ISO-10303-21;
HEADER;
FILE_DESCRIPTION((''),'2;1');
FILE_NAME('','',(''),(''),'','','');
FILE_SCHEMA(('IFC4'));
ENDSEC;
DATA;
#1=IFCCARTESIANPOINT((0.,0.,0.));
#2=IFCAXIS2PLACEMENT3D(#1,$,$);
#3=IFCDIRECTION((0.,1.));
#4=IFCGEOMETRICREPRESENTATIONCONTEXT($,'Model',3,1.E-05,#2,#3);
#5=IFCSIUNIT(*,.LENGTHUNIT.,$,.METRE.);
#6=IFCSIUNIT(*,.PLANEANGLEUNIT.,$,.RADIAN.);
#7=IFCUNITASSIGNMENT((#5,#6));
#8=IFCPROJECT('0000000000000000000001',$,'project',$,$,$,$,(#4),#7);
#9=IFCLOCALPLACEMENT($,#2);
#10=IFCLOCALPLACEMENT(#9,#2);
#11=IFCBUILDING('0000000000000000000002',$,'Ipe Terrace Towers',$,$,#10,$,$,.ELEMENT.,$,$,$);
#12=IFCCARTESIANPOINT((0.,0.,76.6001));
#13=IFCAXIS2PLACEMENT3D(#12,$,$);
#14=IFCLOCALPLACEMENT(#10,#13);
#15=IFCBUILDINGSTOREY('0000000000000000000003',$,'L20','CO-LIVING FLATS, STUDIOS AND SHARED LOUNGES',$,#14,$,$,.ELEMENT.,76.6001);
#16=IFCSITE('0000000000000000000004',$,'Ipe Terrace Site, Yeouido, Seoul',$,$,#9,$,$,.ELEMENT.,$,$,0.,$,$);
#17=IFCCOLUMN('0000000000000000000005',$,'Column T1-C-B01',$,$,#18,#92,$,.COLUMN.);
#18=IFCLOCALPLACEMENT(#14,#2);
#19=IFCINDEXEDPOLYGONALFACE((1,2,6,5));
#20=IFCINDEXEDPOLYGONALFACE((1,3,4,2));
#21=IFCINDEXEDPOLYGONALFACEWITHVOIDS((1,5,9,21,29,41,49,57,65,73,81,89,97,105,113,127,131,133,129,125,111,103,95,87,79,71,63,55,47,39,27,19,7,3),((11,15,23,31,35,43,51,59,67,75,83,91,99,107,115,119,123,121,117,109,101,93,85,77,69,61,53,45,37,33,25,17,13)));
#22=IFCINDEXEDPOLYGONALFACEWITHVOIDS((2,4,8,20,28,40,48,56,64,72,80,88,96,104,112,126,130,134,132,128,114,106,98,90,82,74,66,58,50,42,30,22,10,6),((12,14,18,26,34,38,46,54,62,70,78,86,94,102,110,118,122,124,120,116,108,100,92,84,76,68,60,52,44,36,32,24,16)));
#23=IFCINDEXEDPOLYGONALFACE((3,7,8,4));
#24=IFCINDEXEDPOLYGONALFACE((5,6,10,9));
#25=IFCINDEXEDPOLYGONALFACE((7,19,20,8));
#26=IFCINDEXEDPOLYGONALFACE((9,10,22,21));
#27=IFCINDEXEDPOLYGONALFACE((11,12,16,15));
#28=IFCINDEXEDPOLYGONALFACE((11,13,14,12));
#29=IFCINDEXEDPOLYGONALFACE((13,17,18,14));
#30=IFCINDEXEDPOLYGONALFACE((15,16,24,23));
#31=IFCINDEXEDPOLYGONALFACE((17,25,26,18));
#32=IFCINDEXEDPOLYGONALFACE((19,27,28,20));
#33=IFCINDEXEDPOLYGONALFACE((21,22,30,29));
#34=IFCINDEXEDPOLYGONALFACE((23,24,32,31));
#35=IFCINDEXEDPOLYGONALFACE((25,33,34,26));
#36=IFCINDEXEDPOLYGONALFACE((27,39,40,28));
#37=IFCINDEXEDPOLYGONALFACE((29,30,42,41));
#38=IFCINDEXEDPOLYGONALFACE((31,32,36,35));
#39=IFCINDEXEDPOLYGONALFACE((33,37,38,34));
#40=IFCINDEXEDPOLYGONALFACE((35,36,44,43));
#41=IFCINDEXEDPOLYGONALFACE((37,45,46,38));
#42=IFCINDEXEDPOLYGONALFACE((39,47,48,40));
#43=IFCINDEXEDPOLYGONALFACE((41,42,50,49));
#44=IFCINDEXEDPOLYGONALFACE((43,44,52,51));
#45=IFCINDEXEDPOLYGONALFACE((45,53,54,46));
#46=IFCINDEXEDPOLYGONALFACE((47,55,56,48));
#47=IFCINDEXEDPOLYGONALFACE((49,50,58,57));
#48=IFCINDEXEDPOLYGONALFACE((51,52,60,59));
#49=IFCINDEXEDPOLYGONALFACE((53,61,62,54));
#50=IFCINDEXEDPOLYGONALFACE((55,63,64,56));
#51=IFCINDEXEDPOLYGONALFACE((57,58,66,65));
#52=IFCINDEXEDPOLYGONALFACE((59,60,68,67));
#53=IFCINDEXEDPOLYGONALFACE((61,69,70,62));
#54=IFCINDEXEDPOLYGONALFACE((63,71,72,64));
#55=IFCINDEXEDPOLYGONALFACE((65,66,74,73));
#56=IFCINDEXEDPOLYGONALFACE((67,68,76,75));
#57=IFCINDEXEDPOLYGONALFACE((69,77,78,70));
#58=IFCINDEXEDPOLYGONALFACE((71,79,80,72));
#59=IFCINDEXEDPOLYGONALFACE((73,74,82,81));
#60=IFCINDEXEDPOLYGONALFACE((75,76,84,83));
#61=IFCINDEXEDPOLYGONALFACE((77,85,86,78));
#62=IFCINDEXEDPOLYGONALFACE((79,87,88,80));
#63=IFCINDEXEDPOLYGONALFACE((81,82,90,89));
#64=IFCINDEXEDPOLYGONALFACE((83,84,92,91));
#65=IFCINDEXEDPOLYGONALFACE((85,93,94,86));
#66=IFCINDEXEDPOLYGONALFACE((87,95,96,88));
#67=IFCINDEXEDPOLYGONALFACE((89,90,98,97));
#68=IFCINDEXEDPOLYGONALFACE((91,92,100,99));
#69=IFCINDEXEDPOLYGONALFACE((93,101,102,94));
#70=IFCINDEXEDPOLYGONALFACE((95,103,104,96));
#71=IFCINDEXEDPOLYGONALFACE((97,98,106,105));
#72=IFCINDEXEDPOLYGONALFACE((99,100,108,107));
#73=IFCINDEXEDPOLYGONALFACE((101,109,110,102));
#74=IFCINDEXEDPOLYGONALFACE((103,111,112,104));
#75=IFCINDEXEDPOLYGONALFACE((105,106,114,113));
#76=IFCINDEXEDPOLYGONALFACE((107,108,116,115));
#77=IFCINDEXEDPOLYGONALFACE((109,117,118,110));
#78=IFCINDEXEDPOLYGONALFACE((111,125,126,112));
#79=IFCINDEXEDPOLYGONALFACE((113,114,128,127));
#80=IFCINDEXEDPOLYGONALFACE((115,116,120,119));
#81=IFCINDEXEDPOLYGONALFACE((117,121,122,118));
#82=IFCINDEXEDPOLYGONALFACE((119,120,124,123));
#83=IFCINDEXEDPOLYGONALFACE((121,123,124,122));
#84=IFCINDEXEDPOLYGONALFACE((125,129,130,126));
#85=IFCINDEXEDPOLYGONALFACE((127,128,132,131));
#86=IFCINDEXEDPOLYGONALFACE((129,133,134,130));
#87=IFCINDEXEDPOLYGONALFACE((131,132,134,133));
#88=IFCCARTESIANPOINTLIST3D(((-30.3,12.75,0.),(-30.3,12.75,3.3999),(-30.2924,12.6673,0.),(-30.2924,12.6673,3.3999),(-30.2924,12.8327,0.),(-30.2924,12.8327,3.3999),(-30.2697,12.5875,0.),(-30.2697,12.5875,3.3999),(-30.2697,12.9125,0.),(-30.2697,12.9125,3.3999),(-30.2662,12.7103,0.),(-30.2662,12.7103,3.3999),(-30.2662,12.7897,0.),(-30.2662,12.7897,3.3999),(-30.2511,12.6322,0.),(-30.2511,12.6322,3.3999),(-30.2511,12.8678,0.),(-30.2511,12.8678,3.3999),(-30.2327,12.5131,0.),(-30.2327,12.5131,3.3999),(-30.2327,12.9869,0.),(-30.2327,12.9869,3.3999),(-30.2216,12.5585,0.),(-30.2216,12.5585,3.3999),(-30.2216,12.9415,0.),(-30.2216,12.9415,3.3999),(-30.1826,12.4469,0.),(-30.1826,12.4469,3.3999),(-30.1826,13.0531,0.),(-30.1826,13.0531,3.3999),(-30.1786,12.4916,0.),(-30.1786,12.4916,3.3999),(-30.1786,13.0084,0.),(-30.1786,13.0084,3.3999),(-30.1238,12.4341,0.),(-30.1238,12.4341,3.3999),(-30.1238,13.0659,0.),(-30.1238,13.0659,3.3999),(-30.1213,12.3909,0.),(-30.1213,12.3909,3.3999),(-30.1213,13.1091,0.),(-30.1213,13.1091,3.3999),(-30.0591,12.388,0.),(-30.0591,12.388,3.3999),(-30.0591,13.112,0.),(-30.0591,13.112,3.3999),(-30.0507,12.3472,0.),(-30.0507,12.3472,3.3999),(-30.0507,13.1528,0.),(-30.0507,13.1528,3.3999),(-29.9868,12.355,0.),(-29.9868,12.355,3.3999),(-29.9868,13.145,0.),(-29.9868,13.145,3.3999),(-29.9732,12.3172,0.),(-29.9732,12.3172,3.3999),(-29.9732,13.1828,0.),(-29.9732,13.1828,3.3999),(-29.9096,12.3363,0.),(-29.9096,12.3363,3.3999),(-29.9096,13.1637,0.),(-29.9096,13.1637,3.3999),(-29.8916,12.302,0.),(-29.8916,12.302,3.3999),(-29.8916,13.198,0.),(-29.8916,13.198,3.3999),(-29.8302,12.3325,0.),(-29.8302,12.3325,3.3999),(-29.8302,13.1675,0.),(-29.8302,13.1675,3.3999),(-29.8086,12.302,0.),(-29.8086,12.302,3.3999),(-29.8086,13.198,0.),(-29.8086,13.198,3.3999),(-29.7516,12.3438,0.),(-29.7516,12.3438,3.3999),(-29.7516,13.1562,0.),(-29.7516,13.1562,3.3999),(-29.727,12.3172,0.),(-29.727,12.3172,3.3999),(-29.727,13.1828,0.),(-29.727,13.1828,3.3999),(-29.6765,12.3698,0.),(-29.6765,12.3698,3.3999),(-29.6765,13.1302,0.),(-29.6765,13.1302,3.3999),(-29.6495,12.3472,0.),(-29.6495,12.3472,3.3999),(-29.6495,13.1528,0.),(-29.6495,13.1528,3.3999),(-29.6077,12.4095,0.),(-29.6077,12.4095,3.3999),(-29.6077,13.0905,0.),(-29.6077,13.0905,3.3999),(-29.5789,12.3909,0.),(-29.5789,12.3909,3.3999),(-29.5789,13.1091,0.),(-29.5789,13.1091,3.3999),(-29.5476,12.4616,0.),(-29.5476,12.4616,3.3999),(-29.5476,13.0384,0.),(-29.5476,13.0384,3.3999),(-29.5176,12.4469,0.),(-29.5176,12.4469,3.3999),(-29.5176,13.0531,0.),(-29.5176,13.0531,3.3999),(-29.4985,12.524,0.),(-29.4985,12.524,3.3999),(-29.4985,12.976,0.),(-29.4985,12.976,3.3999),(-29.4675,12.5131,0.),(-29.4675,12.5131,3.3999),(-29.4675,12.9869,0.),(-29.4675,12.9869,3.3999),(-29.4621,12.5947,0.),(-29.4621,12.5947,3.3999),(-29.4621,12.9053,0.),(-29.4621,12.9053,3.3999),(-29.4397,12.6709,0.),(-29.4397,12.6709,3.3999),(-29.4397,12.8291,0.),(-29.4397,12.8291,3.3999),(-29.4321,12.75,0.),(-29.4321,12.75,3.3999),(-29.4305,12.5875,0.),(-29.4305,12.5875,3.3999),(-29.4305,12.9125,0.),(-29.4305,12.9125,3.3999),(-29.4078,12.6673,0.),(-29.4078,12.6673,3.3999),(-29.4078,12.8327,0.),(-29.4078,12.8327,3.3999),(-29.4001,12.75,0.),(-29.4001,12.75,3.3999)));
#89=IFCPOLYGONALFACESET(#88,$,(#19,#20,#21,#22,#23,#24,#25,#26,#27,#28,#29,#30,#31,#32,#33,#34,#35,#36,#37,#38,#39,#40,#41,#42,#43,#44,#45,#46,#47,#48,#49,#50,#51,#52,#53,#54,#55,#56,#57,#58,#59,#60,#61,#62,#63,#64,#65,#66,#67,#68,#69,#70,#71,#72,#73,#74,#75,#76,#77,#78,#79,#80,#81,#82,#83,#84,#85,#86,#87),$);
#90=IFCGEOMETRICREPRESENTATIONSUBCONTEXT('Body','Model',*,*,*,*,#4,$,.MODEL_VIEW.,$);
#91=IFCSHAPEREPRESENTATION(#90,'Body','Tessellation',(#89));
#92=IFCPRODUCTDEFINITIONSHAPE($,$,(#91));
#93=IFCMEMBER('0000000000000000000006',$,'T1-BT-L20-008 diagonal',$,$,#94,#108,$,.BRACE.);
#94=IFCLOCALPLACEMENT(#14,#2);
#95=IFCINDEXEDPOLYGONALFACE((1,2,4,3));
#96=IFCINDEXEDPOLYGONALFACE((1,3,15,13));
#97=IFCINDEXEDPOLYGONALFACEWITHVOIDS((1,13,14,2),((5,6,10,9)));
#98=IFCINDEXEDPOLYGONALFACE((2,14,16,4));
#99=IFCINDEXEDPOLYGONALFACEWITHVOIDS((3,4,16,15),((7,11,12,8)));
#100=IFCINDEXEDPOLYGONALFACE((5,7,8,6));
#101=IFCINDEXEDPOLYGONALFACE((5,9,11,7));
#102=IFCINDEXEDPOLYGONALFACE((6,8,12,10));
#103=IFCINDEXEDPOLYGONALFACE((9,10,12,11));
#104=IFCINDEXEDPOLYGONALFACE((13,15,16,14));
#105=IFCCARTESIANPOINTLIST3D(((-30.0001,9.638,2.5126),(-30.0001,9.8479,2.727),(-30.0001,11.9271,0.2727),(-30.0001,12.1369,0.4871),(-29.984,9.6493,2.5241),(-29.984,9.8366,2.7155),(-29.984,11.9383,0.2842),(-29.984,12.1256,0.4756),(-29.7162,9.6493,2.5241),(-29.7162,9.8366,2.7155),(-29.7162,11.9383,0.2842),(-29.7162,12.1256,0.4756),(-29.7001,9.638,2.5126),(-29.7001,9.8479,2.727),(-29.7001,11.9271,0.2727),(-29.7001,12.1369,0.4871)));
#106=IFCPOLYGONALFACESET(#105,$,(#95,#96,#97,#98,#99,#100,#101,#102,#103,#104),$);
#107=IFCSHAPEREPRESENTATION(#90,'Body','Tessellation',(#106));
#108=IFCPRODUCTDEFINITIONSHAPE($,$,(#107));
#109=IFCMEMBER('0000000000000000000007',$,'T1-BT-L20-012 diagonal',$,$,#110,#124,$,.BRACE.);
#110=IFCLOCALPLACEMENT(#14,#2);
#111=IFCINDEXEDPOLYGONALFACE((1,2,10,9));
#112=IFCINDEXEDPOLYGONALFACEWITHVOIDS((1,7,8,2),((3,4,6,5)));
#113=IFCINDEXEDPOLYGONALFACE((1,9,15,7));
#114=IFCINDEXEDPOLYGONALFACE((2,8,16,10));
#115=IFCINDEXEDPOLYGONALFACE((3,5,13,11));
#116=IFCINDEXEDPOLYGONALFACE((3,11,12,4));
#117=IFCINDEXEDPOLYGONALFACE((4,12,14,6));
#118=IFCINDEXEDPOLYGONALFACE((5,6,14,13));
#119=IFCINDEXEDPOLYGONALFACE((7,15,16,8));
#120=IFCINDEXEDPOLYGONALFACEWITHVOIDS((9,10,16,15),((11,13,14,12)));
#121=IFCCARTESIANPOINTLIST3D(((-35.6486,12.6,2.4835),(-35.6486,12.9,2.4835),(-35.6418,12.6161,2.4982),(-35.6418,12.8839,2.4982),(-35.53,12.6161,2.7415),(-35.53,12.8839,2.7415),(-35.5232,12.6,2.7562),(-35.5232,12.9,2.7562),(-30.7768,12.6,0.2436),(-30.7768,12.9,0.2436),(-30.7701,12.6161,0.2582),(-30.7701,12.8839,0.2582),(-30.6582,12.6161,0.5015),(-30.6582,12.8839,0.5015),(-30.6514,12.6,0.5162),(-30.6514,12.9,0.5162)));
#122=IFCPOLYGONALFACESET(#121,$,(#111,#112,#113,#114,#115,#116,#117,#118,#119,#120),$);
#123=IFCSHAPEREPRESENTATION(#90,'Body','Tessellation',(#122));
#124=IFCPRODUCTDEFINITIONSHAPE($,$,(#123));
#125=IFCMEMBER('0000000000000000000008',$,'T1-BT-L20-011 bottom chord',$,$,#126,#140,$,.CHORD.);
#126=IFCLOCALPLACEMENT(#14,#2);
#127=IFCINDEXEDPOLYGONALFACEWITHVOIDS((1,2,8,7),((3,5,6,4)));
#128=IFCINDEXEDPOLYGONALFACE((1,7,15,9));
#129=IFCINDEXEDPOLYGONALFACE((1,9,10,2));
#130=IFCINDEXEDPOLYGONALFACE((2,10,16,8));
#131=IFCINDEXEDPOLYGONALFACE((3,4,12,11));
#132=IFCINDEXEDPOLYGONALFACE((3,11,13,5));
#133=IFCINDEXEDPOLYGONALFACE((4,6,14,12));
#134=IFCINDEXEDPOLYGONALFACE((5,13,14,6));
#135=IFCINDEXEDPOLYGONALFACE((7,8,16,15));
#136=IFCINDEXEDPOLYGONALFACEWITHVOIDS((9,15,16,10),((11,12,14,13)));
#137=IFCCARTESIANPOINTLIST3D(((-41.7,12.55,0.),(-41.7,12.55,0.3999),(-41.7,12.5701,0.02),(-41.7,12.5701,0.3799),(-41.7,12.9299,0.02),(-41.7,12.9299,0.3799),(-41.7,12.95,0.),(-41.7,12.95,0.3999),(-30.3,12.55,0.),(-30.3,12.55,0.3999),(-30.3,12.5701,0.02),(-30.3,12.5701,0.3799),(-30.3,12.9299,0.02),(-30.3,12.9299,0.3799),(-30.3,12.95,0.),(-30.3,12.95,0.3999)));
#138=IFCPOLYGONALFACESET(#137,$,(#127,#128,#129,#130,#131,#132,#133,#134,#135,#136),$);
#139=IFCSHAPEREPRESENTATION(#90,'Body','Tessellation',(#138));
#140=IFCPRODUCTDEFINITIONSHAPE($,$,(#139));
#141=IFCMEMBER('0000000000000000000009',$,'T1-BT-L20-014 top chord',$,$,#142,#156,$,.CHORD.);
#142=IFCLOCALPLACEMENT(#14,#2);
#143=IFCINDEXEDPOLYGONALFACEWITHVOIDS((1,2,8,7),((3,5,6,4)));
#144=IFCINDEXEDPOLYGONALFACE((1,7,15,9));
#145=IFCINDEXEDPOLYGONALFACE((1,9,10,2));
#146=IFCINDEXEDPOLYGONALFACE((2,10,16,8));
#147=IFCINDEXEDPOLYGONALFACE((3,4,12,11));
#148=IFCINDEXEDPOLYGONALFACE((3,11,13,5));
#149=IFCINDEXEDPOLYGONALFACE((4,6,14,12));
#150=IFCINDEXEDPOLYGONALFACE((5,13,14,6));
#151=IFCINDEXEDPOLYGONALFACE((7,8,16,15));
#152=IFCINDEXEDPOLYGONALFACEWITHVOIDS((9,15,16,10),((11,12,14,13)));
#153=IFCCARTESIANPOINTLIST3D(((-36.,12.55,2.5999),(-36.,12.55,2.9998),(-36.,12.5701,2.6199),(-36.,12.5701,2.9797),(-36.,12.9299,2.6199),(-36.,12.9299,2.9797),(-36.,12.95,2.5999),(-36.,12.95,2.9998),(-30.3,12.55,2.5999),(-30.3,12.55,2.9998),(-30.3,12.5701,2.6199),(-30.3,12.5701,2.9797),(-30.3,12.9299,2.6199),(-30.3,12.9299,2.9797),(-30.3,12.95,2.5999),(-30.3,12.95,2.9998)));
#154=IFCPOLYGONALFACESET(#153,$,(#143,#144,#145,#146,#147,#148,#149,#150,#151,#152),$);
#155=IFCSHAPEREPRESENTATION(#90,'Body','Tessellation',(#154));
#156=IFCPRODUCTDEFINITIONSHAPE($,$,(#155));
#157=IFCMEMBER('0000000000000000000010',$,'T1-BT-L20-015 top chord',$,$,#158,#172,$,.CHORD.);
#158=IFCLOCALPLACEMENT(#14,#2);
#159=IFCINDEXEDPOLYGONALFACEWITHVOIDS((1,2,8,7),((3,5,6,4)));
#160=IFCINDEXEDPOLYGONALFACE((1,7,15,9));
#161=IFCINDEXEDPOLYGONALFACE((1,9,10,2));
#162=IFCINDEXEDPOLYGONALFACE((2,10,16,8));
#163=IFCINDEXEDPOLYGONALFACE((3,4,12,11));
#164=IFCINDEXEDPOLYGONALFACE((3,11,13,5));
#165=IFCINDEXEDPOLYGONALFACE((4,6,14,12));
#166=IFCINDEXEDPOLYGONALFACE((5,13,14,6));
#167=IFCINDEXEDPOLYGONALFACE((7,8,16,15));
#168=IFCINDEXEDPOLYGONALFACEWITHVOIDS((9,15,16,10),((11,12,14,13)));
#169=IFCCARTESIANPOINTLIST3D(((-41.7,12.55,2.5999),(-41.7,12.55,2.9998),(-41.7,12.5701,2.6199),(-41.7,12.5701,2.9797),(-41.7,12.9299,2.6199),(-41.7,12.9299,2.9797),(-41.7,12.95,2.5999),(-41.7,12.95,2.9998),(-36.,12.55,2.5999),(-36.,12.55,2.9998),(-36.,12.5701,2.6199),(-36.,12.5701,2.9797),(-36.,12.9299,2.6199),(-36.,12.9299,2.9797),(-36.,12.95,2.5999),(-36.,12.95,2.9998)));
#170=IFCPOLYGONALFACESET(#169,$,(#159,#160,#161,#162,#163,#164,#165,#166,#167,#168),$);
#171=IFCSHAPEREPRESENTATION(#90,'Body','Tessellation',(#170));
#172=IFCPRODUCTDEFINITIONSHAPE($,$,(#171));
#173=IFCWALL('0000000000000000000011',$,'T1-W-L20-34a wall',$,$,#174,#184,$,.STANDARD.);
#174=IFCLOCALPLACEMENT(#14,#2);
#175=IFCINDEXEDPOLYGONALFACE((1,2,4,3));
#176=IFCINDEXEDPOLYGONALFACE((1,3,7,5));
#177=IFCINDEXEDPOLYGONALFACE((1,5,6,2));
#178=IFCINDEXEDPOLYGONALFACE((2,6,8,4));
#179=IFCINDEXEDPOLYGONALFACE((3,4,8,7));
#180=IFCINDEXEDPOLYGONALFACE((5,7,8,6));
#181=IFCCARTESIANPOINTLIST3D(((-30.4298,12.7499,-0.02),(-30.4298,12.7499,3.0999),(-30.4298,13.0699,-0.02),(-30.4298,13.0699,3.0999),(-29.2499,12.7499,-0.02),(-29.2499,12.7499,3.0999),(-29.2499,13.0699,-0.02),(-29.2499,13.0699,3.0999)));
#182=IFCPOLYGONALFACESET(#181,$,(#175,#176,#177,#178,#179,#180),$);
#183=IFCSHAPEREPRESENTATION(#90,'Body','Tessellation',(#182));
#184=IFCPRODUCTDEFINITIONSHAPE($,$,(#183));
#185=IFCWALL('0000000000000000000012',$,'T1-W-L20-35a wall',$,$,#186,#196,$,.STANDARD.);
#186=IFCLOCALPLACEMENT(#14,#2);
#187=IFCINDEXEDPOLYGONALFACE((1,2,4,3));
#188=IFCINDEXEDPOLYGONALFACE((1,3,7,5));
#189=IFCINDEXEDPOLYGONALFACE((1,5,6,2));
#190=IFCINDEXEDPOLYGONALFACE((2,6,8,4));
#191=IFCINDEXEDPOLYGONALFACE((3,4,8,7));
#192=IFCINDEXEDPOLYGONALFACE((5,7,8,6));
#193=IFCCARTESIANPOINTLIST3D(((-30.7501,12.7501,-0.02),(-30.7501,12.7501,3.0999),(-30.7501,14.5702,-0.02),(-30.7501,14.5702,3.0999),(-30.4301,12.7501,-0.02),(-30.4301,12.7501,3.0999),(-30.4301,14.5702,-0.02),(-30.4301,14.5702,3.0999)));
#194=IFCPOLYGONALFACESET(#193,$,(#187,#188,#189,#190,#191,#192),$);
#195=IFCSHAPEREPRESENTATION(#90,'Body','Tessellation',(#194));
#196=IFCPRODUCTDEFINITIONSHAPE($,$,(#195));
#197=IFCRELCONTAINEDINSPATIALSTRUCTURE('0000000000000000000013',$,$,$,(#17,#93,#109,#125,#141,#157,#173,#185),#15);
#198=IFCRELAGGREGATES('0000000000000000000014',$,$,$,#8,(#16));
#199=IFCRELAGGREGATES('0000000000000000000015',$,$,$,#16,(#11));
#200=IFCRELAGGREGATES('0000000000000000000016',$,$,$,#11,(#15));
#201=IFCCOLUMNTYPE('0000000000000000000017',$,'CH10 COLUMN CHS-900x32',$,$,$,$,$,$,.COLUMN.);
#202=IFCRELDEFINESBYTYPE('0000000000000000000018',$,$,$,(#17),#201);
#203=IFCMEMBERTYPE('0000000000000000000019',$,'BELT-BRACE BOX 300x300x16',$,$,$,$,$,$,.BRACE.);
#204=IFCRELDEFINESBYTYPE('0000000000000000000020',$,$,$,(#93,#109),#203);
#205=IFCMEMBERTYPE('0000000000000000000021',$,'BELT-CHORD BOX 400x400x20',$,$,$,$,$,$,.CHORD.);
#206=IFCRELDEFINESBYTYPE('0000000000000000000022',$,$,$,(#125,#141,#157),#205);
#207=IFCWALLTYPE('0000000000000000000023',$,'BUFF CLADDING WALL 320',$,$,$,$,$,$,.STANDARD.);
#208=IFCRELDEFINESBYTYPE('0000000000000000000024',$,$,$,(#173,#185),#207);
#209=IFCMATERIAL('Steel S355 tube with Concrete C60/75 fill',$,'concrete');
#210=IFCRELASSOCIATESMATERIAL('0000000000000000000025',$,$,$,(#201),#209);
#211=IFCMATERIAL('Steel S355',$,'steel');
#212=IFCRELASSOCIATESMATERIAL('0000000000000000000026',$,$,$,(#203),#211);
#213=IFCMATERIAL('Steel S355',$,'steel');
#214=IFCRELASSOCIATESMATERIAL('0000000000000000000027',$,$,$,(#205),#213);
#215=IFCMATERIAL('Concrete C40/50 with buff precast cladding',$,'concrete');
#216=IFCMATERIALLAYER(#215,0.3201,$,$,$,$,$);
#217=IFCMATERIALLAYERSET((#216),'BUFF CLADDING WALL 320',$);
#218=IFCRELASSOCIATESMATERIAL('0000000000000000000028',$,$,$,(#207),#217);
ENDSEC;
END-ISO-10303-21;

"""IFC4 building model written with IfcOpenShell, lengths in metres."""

from ifc_helpers import new_model, si_unit, direction, frame, frame_2d, origin, origin_2d, place, context, subcontext, project, spatial, rectangle, hollow_rectangle, hollow_circle, extrude, material, layer, layer_set, material_profile, profile_set, type_object, element, save


model = new_model("IFC4")

# Units and contexts
model_context = context("Model", 3, precision=1e-05, world=origin(), true_north=direction((0.0, 1.0)))
body_context = subcontext(model_context, "Body", "Model", "MODEL_VIEW")
ifc_project = project(units=[si_unit("LENGTHUNIT", "METRE"), si_unit("PLANEANGLEUNIT", "RADIAN")], contexts=[model_context])

# Site, building, storey
site_placement = place(None, origin())
site = spatial("IfcSite", under=ifc_project, at=site_placement, Name="Ipe Terrace Site, Yeouido, Seoul", CompositionType="ELEMENT", RefElevation=0.0)
building_placement = place(site_placement, origin())
building = spatial("IfcBuilding", under=site, at=building_placement, Name="Ipe Terrace Towers", CompositionType="ELEMENT")
storey_placement = place(building_placement, frame((0.0, 0.0, 76.6001)))
storey = spatial("IfcBuildingStorey", under=building, at=storey_placement, Name="L20", Description="CO-LIVING FLATS, STUDIOS AND SHARED LOUNGES", CompositionType="ELEMENT", Elevation=76.6001)

# Column
ifc_material_1 = material(Name="Steel S355 tube with Concrete C60/75 fill", Category="concrete")
ifc_material_profile_1 = material_profile(ifc_material_1, hollow_circle(Radius=0.45, WallThickness=0.032, at=origin_2d()), Name="CHS-900x32")
ifc_profile_set_1 = profile_set([ifc_material_profile_1], Name="Steel S355 tube with Concrete C60/75 fill")
column_type = type_object("IfcColumnType", Name="CH10 COLUMN CHS-900x32", PredefinedType="COLUMN", material=ifc_profile_set_1)
column_placement = place(storey_placement, frame((-29.8501, 12.75, 0.0), z_axis=(0.0, 0.0, 1.0), x_axis=(1.0, 0.0, 0.0)))
element("IfcColumn", 1, at=column_placement, inside=storey, type_object=column_type, Name="Column T1-C-B01", PredefinedType="COLUMN", context=body_context, shape_type="SweptSolid", body=[
    extrude(hollow_circle(Radius=0.45, WallThickness=0.032, at=origin_2d()), origin(), (0.0, 0.0, 1.0), 3.3999),
])

# Members
ifc_material_2 = material(Name="Steel S355", Category="steel")
ifc_material_profile_2 = material_profile(ifc_material_2, hollow_rectangle(XDim=0.3, YDim=0.3, WallThickness=0.0161, at=origin_2d()), Name="BELT-BRACE BOX 300x300x16")
ifc_profile_set_2 = profile_set([ifc_material_profile_2], Name="Steel S355")
member_type_1 = type_object("IfcMemberType", Name="BELT-BRACE BOX 300x300x16", PredefinedType="BRACE", material=ifc_profile_set_2)
member_1_placement = place(storey_placement, frame((-29.8501, 12.032, 0.3799), z_axis=(0.0, -0.714726, 0.699404), x_axis=(1.0, 0.0, 0.0)))
element("IfcMember", 2, at=member_1_placement, inside=storey, type_object=member_type_1, Name="T1-BT-L20-008 diagonal", PredefinedType="BRACE", context=body_context, shape_type="SweptSolid", body=[
    extrude(hollow_rectangle(XDim=0.3, YDim=0.3, WallThickness=0.0161, at=origin_2d()), origin(), (0.0, 0.0, 1.0), 3.2026),
])
member_2_placement = place(storey_placement, frame((-30.7141, 12.75, 0.3799), z_axis=(-0.908565, 0.0, 0.417744), x_axis=(0.0, -1.0, 0.0)))
element("IfcMember", 3, at=member_2_placement, inside=storey, type_object=member_type_1, Name="T1-BT-L20-012 diagonal", PredefinedType="BRACE", context=body_context, shape_type="SweptSolid", body=[
    extrude(hollow_rectangle(XDim=0.3, YDim=0.3, WallThickness=0.0161, at=origin_2d()), origin(), (0.0, 0.0, 1.0), 5.3621),
])
ifc_material_3 = material(Name="Steel S355", Category="steel")
ifc_material_profile_3 = material_profile(ifc_material_3, hollow_rectangle(XDim=0.3999, YDim=0.3999, WallThickness=0.02, at=origin_2d()), Name="BELT-CHORD BOX 400x400x20")
ifc_profile_set_3 = profile_set([ifc_material_profile_3], Name="Steel S355")
member_type_2 = type_object("IfcMemberType", Name="BELT-CHORD BOX 400x400x20", PredefinedType="CHORD", material=ifc_profile_set_3)
member_3_placement = place(storey_placement, frame((-30.3, 12.75, 0.2), z_axis=(-1.0, 0.0, 0.0), x_axis=(0.0, -1.0, 0.0)))
element("IfcMember", 4, at=member_3_placement, inside=storey, type_object=member_type_2, Name="T1-BT-L20-011 bottom chord", PredefinedType="CHORD", context=body_context, shape_type="SweptSolid", body=[
    extrude(hollow_rectangle(XDim=0.3999, YDim=0.3999, WallThickness=0.02, at=origin_2d()), origin(), (0.0, 0.0, 1.0), 11.3999),
])
for number, where, z_axis, x_axis, name in (
    (5, (-30.3, 12.75, 2.7998), (-1.0, 0.0, 0.0), (0.0, -1.0, 0.0), "T1-BT-L20-014 top chord"),
    (6, (-36.0, 12.75, 2.7998), (-1.0, 0.0, 0.0), (0.0, -1.0, 0.0), "T1-BT-L20-015 top chord"),
):
    element("IfcMember", number, at=place(storey_placement, frame(where, z_axis=z_axis, x_axis=x_axis)), inside=storey, type_object=member_type_2, Name=name, PredefinedType="CHORD", context=body_context, shape_type="SweptSolid", body=[
        extrude(hollow_rectangle(XDim=0.3999, YDim=0.3999, WallThickness=0.02, at=origin_2d()), origin(), (0.0, 0.0, 1.0), 5.7),
    ])

# Walls
ifc_material_4 = material(Name="Concrete C40/50 with buff precast cladding", Category="concrete")
ifc_layer = layer(ifc_material_4, 0.3201)
ifc_layer_set = layer_set([ifc_layer], Name="BUFF CLADDING WALL 320")
wall_type = type_object("IfcWallType", Name="BUFF CLADDING WALL 320", PredefinedType="STANDARD", material=ifc_layer_set)
wall_1_placement = place(storey_placement, frame((-29.25, 12.9099, -0.02), z_axis=(0.0, 0.0, 1.0), x_axis=(-1.0, 0.0, 0.0)))
element("IfcWall", 7, at=wall_1_placement, inside=storey, type_object=wall_type, Name="T1-W-L20-34a wall", PredefinedType="STANDARD", context=body_context, shape_type="SweptSolid", body=[
    extrude(rectangle(XDim=1.1799, YDim=0.3201, at=frame_2d((0.5898, 0.0))), origin(), (0.0, 0.0, 1.0), 3.1199),
])
wall_2_placement = place(storey_placement, frame((-30.5901, 12.75, -0.02), z_axis=(0.0, 0.0, 1.0), x_axis=(0.0, 1.0, 0.0)))
element("IfcWall", 8, at=wall_2_placement, inside=storey, type_object=wall_type, Name="T1-W-L20-35a wall", PredefinedType="STANDARD", context=body_context, shape_type="SweptSolid", body=[
    extrude(rectangle(XDim=1.8201, YDim=0.3201, at=frame_2d((0.9102, 0.0))), origin(), (0.0, 0.0, 1.0), 3.1199),
])

save(model, "model.ifc")
